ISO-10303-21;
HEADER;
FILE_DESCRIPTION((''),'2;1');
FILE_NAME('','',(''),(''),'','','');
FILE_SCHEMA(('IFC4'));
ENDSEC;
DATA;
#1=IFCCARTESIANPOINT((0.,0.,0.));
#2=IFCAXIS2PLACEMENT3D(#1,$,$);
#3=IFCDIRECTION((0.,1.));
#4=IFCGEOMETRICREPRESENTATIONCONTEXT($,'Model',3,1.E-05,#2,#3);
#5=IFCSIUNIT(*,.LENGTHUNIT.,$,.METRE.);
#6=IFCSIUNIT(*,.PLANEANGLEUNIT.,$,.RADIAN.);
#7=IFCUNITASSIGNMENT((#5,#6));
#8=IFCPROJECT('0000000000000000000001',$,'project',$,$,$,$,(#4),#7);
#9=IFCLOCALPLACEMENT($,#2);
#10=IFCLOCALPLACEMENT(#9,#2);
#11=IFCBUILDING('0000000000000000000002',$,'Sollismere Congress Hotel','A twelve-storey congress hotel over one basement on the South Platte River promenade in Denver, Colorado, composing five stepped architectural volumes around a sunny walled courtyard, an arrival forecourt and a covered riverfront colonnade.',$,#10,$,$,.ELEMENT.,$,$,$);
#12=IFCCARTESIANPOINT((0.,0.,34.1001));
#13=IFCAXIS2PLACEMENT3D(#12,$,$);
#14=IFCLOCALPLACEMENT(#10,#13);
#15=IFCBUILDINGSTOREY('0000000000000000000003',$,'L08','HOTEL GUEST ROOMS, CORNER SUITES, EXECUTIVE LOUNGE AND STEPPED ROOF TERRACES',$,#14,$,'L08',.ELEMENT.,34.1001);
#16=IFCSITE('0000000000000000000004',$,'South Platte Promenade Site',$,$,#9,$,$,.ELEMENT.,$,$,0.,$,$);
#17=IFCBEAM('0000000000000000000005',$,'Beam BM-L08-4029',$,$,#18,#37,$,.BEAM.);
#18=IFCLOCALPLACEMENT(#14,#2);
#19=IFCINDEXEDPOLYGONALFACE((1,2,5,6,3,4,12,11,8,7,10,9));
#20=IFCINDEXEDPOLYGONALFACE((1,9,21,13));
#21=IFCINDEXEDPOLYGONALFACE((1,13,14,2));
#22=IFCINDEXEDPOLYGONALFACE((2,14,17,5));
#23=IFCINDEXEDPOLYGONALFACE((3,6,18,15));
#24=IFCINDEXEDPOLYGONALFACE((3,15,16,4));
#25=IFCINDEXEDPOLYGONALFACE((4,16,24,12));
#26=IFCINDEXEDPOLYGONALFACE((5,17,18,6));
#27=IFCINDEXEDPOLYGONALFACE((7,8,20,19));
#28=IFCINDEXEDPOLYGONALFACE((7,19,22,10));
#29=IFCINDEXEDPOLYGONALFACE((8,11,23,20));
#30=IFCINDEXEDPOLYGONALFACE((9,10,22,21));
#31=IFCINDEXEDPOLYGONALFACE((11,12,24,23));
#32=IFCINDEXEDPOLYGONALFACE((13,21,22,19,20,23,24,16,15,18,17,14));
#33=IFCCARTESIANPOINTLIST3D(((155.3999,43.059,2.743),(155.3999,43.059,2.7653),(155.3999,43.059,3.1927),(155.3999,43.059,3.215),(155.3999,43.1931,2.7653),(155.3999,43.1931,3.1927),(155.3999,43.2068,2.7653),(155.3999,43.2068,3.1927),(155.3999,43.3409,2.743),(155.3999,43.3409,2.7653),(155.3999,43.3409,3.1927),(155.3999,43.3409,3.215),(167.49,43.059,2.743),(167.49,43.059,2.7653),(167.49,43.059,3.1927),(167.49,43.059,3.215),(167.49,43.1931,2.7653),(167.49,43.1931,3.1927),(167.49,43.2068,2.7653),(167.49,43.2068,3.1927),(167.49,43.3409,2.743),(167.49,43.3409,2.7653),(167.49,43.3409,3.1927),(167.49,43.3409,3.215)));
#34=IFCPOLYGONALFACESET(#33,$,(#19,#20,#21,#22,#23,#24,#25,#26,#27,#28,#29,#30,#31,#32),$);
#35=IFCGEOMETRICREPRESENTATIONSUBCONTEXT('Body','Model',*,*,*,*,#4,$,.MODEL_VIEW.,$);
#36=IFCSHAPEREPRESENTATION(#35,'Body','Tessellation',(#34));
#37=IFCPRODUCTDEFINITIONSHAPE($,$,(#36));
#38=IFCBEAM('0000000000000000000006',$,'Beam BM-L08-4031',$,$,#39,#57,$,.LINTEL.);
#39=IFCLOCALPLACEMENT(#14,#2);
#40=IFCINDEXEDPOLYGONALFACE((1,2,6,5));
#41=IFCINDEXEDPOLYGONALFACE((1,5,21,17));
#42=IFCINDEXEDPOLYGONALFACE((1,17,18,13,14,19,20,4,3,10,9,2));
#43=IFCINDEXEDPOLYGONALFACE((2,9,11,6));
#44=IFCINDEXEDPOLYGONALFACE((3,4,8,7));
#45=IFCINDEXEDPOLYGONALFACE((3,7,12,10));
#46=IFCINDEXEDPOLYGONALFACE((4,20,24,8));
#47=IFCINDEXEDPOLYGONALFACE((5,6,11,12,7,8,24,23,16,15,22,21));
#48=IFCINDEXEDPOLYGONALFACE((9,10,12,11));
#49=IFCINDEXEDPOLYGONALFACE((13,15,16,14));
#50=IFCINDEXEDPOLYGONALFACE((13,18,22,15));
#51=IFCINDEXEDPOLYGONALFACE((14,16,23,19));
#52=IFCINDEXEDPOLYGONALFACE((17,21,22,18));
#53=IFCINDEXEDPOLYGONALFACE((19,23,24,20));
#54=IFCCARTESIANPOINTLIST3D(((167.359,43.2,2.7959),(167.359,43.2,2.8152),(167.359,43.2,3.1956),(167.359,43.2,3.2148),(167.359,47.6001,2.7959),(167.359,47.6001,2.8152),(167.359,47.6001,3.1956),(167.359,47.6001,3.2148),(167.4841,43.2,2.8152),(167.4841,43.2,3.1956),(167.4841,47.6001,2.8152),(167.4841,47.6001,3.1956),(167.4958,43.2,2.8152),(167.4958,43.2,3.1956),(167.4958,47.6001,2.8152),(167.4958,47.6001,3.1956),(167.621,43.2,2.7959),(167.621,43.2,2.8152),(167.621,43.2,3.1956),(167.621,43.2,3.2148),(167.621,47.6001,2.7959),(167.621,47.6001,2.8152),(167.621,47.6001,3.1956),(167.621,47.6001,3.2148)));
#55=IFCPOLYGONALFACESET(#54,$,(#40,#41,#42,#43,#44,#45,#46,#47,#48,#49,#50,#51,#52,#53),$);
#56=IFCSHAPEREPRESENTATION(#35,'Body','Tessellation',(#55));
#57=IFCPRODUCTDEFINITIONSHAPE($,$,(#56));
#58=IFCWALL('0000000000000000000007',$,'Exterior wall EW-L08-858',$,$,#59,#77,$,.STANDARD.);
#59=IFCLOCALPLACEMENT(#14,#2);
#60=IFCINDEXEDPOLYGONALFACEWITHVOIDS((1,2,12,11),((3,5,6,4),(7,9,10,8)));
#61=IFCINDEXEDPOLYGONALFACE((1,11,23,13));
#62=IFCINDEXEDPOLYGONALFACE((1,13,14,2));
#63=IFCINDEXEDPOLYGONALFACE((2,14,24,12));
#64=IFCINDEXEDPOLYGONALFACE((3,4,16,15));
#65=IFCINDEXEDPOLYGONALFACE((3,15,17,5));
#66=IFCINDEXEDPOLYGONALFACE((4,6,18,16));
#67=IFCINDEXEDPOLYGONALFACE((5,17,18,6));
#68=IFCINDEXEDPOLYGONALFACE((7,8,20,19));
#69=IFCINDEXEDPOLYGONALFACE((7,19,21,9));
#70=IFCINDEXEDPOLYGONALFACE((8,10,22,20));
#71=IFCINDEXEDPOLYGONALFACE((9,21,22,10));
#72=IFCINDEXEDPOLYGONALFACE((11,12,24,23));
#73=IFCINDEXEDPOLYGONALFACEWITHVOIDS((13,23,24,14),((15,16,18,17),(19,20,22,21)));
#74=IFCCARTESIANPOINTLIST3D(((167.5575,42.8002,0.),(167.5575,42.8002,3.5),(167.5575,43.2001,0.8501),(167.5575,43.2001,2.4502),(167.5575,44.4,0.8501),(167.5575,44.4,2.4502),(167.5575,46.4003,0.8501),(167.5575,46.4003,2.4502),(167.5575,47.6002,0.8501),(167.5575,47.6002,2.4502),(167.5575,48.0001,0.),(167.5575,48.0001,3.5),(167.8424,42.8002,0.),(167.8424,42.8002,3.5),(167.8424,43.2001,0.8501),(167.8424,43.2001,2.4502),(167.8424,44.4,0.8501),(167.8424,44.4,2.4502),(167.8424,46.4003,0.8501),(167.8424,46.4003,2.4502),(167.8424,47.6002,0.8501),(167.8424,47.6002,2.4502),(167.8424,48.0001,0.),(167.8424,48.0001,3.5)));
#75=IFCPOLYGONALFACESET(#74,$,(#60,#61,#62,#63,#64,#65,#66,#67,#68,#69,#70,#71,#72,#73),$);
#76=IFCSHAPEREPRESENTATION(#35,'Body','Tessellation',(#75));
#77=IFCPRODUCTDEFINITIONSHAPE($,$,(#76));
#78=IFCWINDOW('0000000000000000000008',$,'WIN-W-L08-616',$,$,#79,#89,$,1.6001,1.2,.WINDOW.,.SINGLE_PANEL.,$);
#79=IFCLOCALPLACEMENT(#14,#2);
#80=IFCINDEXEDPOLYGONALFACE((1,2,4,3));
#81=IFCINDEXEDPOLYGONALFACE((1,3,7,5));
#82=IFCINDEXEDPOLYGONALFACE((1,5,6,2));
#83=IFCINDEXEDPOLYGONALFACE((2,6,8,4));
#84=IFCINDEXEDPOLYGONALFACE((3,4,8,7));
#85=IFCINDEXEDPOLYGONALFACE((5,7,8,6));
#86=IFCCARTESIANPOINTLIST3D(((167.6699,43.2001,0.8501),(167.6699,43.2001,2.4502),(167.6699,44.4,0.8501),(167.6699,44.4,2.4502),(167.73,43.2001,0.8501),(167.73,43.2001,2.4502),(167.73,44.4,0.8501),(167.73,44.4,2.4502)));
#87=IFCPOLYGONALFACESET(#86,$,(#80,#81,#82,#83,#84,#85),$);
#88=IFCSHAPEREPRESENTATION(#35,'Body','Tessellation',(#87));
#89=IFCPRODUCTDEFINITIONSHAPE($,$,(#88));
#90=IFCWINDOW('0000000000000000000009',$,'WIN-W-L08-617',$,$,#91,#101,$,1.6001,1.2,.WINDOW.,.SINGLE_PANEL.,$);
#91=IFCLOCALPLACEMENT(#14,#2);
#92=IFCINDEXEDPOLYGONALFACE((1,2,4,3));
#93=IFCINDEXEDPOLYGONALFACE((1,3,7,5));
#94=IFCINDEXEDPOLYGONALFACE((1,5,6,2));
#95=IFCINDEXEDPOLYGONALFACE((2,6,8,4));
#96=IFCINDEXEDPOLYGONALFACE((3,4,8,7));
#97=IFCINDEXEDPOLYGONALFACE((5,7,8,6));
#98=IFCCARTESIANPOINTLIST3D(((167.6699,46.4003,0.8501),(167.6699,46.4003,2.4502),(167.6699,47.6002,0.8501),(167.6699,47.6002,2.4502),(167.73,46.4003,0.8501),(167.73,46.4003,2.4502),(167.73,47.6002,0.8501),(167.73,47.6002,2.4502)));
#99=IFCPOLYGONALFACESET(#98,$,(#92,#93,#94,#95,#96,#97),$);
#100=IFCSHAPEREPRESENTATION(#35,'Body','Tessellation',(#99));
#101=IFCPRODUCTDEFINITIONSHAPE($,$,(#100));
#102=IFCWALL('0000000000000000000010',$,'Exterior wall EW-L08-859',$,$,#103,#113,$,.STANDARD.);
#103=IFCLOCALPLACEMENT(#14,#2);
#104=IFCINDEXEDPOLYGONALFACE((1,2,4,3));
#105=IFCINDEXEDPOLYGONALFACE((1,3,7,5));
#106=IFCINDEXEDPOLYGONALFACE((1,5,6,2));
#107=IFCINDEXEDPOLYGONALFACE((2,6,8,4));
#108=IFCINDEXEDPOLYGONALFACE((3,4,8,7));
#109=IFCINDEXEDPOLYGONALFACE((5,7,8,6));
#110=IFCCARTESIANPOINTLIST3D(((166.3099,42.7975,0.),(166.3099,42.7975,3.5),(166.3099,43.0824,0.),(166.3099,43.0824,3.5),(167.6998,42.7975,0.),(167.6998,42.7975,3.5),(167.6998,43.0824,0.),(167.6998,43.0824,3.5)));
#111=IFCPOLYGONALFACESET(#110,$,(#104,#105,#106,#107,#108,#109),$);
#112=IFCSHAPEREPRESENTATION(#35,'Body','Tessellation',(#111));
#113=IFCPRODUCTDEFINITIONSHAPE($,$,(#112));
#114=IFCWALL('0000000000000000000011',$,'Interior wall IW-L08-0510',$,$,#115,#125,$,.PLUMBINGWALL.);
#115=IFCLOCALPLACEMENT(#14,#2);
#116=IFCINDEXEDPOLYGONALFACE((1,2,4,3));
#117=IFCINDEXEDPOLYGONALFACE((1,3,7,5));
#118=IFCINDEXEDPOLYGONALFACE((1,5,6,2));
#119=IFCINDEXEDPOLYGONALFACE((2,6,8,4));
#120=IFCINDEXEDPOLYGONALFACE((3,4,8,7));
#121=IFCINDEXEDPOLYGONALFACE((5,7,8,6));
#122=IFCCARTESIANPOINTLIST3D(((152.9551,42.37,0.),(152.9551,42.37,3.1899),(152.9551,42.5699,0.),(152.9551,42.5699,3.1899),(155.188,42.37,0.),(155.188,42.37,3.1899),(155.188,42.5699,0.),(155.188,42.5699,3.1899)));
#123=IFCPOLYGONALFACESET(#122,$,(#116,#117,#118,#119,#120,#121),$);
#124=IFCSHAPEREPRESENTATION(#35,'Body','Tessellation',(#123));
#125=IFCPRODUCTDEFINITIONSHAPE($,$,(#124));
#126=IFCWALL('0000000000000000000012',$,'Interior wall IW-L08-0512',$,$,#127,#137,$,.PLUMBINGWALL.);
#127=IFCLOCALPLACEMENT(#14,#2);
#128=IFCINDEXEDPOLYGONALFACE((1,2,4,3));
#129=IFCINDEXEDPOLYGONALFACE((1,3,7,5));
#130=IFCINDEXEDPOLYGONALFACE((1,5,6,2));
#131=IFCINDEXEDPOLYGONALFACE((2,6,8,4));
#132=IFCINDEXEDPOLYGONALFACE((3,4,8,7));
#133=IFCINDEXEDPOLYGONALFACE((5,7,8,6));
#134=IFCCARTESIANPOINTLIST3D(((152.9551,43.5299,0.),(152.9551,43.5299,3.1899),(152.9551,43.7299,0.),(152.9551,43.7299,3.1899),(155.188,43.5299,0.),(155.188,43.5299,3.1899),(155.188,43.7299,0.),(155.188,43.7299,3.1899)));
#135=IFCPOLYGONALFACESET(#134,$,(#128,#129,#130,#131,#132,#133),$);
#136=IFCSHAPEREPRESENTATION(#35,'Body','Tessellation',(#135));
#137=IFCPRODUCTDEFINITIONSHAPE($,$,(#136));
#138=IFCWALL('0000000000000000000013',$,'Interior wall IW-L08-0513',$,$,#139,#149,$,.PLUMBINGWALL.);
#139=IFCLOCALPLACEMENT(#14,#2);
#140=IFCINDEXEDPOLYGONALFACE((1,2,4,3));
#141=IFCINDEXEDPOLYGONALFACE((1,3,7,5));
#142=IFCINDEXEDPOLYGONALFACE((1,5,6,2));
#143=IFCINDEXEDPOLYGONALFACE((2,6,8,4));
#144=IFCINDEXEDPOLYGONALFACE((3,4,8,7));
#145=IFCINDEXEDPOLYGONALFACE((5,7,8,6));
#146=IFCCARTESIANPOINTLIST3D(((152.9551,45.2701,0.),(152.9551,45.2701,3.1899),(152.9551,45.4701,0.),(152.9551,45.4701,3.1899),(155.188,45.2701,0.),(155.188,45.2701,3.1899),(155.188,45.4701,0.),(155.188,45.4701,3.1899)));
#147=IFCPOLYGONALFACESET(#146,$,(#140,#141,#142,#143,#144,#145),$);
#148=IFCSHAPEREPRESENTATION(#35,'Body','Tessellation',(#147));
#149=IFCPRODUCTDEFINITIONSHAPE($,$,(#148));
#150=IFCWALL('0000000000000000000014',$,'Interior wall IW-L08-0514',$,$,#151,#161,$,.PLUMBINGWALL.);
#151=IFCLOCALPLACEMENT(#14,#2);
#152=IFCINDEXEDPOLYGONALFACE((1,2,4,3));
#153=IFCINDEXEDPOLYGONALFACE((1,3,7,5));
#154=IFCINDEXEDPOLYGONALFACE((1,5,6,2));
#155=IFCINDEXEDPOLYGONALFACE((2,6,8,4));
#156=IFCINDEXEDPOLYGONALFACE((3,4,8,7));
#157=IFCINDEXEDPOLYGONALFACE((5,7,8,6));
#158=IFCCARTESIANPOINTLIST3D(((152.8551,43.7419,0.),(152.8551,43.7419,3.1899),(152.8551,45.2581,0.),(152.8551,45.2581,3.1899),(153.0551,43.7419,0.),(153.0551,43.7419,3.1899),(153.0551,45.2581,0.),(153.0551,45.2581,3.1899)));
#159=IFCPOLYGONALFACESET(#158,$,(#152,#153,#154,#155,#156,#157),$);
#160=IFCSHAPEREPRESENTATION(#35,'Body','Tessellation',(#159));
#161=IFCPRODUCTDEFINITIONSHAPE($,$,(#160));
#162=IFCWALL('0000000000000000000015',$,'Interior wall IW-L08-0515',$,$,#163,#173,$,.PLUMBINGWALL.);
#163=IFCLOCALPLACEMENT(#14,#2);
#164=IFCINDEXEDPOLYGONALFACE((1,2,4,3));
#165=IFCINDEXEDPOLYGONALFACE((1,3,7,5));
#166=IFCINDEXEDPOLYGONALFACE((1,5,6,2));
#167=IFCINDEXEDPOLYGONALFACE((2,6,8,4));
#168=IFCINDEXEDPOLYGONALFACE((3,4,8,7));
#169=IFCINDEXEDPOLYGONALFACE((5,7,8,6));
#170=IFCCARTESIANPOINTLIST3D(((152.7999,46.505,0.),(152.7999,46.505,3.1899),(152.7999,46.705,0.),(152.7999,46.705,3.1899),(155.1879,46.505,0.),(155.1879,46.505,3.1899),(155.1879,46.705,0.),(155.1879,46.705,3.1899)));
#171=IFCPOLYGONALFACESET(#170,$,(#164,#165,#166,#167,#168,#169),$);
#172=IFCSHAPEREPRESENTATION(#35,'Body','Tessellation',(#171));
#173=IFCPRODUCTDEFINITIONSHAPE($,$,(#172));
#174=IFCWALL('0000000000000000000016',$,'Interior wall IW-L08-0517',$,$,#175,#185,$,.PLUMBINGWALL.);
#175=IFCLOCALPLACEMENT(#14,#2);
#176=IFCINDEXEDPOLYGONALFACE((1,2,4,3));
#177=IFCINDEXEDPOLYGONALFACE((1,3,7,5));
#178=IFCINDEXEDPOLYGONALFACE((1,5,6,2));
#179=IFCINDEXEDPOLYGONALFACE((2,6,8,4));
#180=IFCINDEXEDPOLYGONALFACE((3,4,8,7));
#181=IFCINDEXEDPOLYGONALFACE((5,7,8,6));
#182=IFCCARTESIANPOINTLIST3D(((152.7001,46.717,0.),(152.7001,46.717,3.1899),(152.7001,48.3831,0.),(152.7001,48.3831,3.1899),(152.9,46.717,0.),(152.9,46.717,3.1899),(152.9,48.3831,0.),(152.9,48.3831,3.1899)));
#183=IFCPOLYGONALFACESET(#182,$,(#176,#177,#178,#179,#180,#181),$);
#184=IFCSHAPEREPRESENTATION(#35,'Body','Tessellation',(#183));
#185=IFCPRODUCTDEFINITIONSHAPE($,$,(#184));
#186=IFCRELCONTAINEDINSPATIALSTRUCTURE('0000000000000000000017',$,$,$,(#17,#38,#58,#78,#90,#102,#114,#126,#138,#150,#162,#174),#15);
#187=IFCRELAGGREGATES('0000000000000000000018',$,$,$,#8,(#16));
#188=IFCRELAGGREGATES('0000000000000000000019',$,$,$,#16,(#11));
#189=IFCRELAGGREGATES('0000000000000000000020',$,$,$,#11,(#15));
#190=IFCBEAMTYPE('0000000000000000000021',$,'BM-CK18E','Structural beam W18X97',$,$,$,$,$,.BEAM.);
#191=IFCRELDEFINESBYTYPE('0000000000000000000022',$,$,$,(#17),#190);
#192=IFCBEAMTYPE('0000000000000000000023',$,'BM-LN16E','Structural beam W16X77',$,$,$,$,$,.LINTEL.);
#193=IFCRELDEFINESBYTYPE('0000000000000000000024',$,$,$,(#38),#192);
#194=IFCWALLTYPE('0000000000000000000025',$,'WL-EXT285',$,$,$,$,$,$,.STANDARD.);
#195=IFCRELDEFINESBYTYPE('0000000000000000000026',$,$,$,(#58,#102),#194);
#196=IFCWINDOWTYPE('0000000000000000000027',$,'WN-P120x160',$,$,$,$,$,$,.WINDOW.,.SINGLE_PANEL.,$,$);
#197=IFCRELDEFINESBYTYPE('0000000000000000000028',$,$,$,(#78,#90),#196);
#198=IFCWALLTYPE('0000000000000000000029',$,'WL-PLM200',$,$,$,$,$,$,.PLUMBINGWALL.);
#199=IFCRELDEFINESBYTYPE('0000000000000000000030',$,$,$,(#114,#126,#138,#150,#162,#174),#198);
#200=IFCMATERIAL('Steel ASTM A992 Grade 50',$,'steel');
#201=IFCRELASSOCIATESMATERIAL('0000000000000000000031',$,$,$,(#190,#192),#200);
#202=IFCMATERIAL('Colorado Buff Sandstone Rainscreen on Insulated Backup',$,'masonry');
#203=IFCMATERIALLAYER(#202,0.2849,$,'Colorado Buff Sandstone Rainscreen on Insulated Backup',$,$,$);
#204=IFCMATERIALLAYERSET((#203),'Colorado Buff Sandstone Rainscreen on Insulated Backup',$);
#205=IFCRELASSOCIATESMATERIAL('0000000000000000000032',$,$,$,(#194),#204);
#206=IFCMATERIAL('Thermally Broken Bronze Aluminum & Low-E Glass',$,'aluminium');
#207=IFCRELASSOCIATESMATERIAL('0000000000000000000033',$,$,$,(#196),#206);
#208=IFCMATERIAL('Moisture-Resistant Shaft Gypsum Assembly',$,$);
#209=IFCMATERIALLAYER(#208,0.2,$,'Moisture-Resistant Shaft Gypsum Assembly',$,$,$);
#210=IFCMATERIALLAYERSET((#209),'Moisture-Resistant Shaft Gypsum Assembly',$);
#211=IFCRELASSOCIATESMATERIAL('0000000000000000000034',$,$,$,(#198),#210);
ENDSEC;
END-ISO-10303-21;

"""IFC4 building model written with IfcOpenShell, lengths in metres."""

from ifc_helpers import new_model, si_unit, direction, frame, frame_2d, origin, origin_2d, place, context, subcontext, project, spatial, rectangle, i_section, extrude, material, layer, layer_set, material_profile, profile_set, type_object, element, fill, save


model = new_model("IFC4")

# Units and contexts
model_context = context("Model", 3, precision=1e-05, world=origin(), true_north=direction((0.0, 1.0)))
body_context = subcontext(model_context, "Body", "Model", "MODEL_VIEW")
ifc_project = project(units=[si_unit("LENGTHUNIT", "METRE"), si_unit("PLANEANGLEUNIT", "RADIAN")], contexts=[model_context])

# Site, building, storey
site_placement = place(None, origin())
site = spatial("IfcSite", under=ifc_project, at=site_placement, Name="South Platte Promenade Site", CompositionType="ELEMENT", RefElevation=0.0)
building_placement = place(site_placement, origin())
building = spatial("IfcBuilding", under=site, at=building_placement, Name="Sollismere Congress Hotel", Description="A twelve-storey congress hotel over one basement on the South Platte River promenade in Denver, Colorado, composing five stepped architectural volumes around a sunny walled courtyard, an arrival forecourt and a covered riverfront colonnade.", CompositionType="ELEMENT")
storey_placement = place(building_placement, frame((0.0, 0.0, 34.1001)))
storey = spatial("IfcBuildingStorey", under=building, at=storey_placement, Name="L08", Description="HOTEL GUEST ROOMS, CORNER SUITES, EXECUTIVE LOUNGE AND STEPPED ROOF TERRACES", LongName="L08", CompositionType="ELEMENT", Elevation=34.1001)

# Beams
ifc_material_1 = material(Name="Steel ASTM A992 Grade 50", Category="steel")
ifc_material_profile_1 = material_profile(ifc_material_1, i_section(OverallWidth=0.282, OverallDepth=0.4719, WebThickness=0.0137, FlangeThickness=0.0222, at=origin_2d()), Name="W18X97")
ifc_profile_set_1 = profile_set([ifc_material_profile_1], Name="Steel ASTM A992 Grade 50")
beam_type_1 = type_object("IfcBeamType", Name="BM-CK18E", Description="Structural beam W18X97", PredefinedType="BEAM", material=ifc_profile_set_1)
beam_1_placement = place(storey_placement, frame((155.3999, 43.2, 2.979), z_axis=(1.0, 0.0, 0.0), x_axis=(0.0, 1.0, 0.0)))
element("IfcBeam", 1, at=beam_1_placement, inside=storey, type_object=beam_type_1, Name="Beam BM-L08-4029", PredefinedType="BEAM", context=body_context, shape_type="SweptSolid", body=[
    extrude(i_section(OverallWidth=0.282, OverallDepth=0.4719, WebThickness=0.0137, FlangeThickness=0.0222, at=origin_2d()), origin(), (0.0, 0.0, 1.0), 12.0901),
])
ifc_material_profile_2 = material_profile(ifc_material_1, i_section(OverallWidth=0.262, OverallDepth=0.4189, WebThickness=0.0117, FlangeThickness=0.0193, at=origin_2d()), Name="W16X77")
ifc_profile_set_2 = profile_set([ifc_material_profile_2], Name="Steel ASTM A992 Grade 50")
beam_type_2 = type_object("IfcBeamType", Name="BM-LN16E", Description="Structural beam W16X77", PredefinedType="LINTEL", material=ifc_profile_set_2)
beam_2_placement = place(storey_placement, frame((167.49, 43.2, 3.0054), z_axis=(0.0, 1.0, 0.0), x_axis=(-1.0, 0.0, 0.0)))
element("IfcBeam", 2, at=beam_2_placement, inside=storey, type_object=beam_type_2, Name="Beam BM-L08-4031", PredefinedType="LINTEL", context=body_context, shape_type="SweptSolid", body=[
    extrude(i_section(OverallWidth=0.262, OverallDepth=0.4189, WebThickness=0.0117, FlangeThickness=0.0193, at=origin_2d()), origin(), (0.0, 0.0, 1.0), 4.4001),
])

# Wall, openings, windows
ifc_material_2 = material(Name="Colorado Buff Sandstone Rainscreen on Insulated Backup", Category="masonry")
ifc_layer_1 = layer(ifc_material_2, 0.2849, Name="Colorado Buff Sandstone Rainscreen on Insulated Backup")
ifc_layer_set_1 = layer_set([ifc_layer_1], Name="Colorado Buff Sandstone Rainscreen on Insulated Backup")
wall_type_1 = type_object("IfcWallType", Name="WL-EXT285", PredefinedType="STANDARD", material=ifc_layer_set_1)
wall_1_placement = place(storey_placement, frame((167.7, 42.8, 0.0), z_axis=(0.0, 0.0, 1.0), x_axis=(0.0, 1.0, 0.0)))
wall_1 = element("IfcWall", 3, at=wall_1_placement, inside=storey, type_object=wall_type_1, Name="Exterior wall EW-L08-858", PredefinedType="STANDARD", context=body_context, shape_type="SweptSolid", body=[
    extrude(rectangle(XDim=5.2, YDim=0.2849, at=frame_2d((2.6001, 0.0))), origin(), (0.0, 0.0, 1.0), 3.5),
])
opening_1_placement = place(wall_1_placement, frame((0.3999, 0.0, 0.8501)))
opening_1 = element("IfcOpeningElement", 4, at=opening_1_placement, cuts=wall_1, PredefinedType="OPENING", context=body_context, shape_type="SweptSolid", body=[
    extrude(rectangle(XDim=1.2, YDim=1.6001, at=frame_2d((0.6001, 0.8))), frame((0.0, 0.1523, 0.0), z_axis=(0.0, -1.0, 0.0), x_axis=(1.0, 0.0, 0.0)), (0.0, 0.0, 1.0), 0.3049),
])
opening_2_placement = place(wall_1_placement, frame((3.6001, 0.0, 0.8501)))
opening_2 = element("IfcOpeningElement", 5, at=opening_2_placement, cuts=wall_1, PredefinedType="OPENING", context=body_context, shape_type="SweptSolid", body=[
    extrude(rectangle(XDim=1.2, YDim=1.6001, at=frame_2d((0.6001, 0.8))), frame((0.0, 0.1523, 0.0), z_axis=(0.0, -1.0, 0.0), x_axis=(1.0, 0.0, 0.0)), (0.0, 0.0, 1.0), 0.3049),
])
ifc_material_3 = material(Name="Thermally Broken Bronze Aluminum & Low-E Glass", Category="aluminium")
window_type = type_object("IfcWindowType", Name="WN-P120x160", PartitioningType="SINGLE_PANEL", PredefinedType="WINDOW", material=ifc_material_3)
window_1_placement = place(opening_1_placement, origin())
window_1 = element("IfcWindow", 6, at=window_1_placement, inside=storey, type_object=window_type, Name="WIN-W-L08-616", OverallHeight=1.6001, OverallWidth=1.2, PartitioningType="SINGLE_PANEL", PredefinedType="WINDOW", context=body_context, shape_type="SweptSolid", body=[
    extrude(rectangle(XDim=1.2, YDim=1.6001, at=frame_2d((0.6001, 0.8))), frame((0.0, 0.03, 0.0), z_axis=(0.0, -1.0, 0.0), x_axis=(1.0, 0.0, 0.0)), (0.0, 0.0, 1.0), 0.0601),
])
fill(opening_1, window_1)
window_2_placement = place(opening_2_placement, origin())
window_2 = element("IfcWindow", 7, at=window_2_placement, inside=storey, type_object=window_type, Name="WIN-W-L08-617", OverallHeight=1.6001, OverallWidth=1.2, PartitioningType="SINGLE_PANEL", PredefinedType="WINDOW", context=body_context, shape_type="SweptSolid", body=[
    extrude(rectangle(XDim=1.2, YDim=1.6001, at=frame_2d((0.6001, 0.8))), frame((0.0, 0.03, 0.0), z_axis=(0.0, -1.0, 0.0), x_axis=(1.0, 0.0, 0.0)), (0.0, 0.0, 1.0), 0.0601),
])
fill(opening_2, window_2)

# Walls
wall_2_placement = place(storey_placement, frame((166.3101, 42.9399, 0.0), z_axis=(0.0, 0.0, 1.0), x_axis=(1.0, 0.0, 0.0)))
element("IfcWall", 8, at=wall_2_placement, inside=storey, type_object=wall_type_1, Name="Exterior wall EW-L08-859", PredefinedType="STANDARD", context=body_context, shape_type="SweptSolid", body=[
    extrude(rectangle(XDim=1.3899, YDim=0.2849, at=frame_2d((0.6948, 0.0))), origin(), (0.0, 0.0, 1.0), 3.5),
])
ifc_material_4 = material(Name="Moisture-Resistant Shaft Gypsum Assembly")
ifc_layer_2 = layer(ifc_material_4, 0.2, Name="Moisture-Resistant Shaft Gypsum Assembly")
ifc_layer_set_2 = layer_set([ifc_layer_2], Name="Moisture-Resistant Shaft Gypsum Assembly")
wall_type_2 = type_object("IfcWallType", Name="WL-PLM200", PredefinedType="PLUMBINGWALL", material=ifc_layer_set_2)
for number, where, z_axis, x_axis, name in (
    (9, (152.9551, 42.47, 0.0), (0.0, 0.0, 1.0), (1.0, 0.0, 0.0), "Interior wall IW-L08-0510"),
    (10, (152.9551, 43.6299, 0.0), (0.0, 0.0, 1.0), (1.0, 0.0, 0.0), "Interior wall IW-L08-0512"),
    (11, (152.9551, 45.3701, 0.0), (0.0, 0.0, 1.0), (1.0, 0.0, 0.0), "Interior wall IW-L08-0513"),
):
    element("IfcWall", number, at=place(storey_placement, frame(where, z_axis=z_axis, x_axis=x_axis)), inside=storey, type_object=wall_type_2, Name=name, PredefinedType="PLUMBINGWALL", context=body_context, shape_type="SweptSolid", body=[
        extrude(rectangle(XDim=2.2329, YDim=0.2, at=frame_2d((1.1165, 0.0))), origin(), (0.0, 0.0, 1.0), 3.1899),
    ])
wall_3_placement = place(storey_placement, frame((152.9551, 43.7419, 0.0), z_axis=(0.0, 0.0, 1.0), x_axis=(0.0, 1.0, 0.0)))
element("IfcWall", 12, at=wall_3_placement, inside=storey, type_object=wall_type_2, Name="Interior wall IW-L08-0514", PredefinedType="PLUMBINGWALL", context=body_context, shape_type="SweptSolid", body=[
    extrude(rectangle(XDim=1.5161, YDim=0.2, at=frame_2d((0.7581, 0.0))), origin(), (0.0, 0.0, 1.0), 3.1899),
])
wall_4_placement = place(storey_placement, frame((152.8, 46.605, 0.0), z_axis=(0.0, 0.0, 1.0), x_axis=(1.0, 0.0, 0.0)))
element("IfcWall", 13, at=wall_4_placement, inside=storey, type_object=wall_type_2, Name="Interior wall IW-L08-0515", PredefinedType="PLUMBINGWALL", context=body_context, shape_type="SweptSolid", body=[
    extrude(rectangle(XDim=2.3879, YDim=0.2, at=frame_2d((1.1938, 0.0))), origin(), (0.0, 0.0, 1.0), 3.1899),
])
wall_5_placement = place(storey_placement, frame((152.8, 46.717, 0.0), z_axis=(0.0, 0.0, 1.0), x_axis=(0.0, 1.0, 0.0)))
element("IfcWall", 14, at=wall_5_placement, inside=storey, type_object=wall_type_2, Name="Interior wall IW-L08-0517", PredefinedType="PLUMBINGWALL", context=body_context, shape_type="SweptSolid", body=[
    extrude(rectangle(XDim=1.666, YDim=0.2, at=frame_2d((0.833, 0.0))), origin(), (0.0, 0.0, 1.0), 3.1899),
])

save(model, "model.ifc")
